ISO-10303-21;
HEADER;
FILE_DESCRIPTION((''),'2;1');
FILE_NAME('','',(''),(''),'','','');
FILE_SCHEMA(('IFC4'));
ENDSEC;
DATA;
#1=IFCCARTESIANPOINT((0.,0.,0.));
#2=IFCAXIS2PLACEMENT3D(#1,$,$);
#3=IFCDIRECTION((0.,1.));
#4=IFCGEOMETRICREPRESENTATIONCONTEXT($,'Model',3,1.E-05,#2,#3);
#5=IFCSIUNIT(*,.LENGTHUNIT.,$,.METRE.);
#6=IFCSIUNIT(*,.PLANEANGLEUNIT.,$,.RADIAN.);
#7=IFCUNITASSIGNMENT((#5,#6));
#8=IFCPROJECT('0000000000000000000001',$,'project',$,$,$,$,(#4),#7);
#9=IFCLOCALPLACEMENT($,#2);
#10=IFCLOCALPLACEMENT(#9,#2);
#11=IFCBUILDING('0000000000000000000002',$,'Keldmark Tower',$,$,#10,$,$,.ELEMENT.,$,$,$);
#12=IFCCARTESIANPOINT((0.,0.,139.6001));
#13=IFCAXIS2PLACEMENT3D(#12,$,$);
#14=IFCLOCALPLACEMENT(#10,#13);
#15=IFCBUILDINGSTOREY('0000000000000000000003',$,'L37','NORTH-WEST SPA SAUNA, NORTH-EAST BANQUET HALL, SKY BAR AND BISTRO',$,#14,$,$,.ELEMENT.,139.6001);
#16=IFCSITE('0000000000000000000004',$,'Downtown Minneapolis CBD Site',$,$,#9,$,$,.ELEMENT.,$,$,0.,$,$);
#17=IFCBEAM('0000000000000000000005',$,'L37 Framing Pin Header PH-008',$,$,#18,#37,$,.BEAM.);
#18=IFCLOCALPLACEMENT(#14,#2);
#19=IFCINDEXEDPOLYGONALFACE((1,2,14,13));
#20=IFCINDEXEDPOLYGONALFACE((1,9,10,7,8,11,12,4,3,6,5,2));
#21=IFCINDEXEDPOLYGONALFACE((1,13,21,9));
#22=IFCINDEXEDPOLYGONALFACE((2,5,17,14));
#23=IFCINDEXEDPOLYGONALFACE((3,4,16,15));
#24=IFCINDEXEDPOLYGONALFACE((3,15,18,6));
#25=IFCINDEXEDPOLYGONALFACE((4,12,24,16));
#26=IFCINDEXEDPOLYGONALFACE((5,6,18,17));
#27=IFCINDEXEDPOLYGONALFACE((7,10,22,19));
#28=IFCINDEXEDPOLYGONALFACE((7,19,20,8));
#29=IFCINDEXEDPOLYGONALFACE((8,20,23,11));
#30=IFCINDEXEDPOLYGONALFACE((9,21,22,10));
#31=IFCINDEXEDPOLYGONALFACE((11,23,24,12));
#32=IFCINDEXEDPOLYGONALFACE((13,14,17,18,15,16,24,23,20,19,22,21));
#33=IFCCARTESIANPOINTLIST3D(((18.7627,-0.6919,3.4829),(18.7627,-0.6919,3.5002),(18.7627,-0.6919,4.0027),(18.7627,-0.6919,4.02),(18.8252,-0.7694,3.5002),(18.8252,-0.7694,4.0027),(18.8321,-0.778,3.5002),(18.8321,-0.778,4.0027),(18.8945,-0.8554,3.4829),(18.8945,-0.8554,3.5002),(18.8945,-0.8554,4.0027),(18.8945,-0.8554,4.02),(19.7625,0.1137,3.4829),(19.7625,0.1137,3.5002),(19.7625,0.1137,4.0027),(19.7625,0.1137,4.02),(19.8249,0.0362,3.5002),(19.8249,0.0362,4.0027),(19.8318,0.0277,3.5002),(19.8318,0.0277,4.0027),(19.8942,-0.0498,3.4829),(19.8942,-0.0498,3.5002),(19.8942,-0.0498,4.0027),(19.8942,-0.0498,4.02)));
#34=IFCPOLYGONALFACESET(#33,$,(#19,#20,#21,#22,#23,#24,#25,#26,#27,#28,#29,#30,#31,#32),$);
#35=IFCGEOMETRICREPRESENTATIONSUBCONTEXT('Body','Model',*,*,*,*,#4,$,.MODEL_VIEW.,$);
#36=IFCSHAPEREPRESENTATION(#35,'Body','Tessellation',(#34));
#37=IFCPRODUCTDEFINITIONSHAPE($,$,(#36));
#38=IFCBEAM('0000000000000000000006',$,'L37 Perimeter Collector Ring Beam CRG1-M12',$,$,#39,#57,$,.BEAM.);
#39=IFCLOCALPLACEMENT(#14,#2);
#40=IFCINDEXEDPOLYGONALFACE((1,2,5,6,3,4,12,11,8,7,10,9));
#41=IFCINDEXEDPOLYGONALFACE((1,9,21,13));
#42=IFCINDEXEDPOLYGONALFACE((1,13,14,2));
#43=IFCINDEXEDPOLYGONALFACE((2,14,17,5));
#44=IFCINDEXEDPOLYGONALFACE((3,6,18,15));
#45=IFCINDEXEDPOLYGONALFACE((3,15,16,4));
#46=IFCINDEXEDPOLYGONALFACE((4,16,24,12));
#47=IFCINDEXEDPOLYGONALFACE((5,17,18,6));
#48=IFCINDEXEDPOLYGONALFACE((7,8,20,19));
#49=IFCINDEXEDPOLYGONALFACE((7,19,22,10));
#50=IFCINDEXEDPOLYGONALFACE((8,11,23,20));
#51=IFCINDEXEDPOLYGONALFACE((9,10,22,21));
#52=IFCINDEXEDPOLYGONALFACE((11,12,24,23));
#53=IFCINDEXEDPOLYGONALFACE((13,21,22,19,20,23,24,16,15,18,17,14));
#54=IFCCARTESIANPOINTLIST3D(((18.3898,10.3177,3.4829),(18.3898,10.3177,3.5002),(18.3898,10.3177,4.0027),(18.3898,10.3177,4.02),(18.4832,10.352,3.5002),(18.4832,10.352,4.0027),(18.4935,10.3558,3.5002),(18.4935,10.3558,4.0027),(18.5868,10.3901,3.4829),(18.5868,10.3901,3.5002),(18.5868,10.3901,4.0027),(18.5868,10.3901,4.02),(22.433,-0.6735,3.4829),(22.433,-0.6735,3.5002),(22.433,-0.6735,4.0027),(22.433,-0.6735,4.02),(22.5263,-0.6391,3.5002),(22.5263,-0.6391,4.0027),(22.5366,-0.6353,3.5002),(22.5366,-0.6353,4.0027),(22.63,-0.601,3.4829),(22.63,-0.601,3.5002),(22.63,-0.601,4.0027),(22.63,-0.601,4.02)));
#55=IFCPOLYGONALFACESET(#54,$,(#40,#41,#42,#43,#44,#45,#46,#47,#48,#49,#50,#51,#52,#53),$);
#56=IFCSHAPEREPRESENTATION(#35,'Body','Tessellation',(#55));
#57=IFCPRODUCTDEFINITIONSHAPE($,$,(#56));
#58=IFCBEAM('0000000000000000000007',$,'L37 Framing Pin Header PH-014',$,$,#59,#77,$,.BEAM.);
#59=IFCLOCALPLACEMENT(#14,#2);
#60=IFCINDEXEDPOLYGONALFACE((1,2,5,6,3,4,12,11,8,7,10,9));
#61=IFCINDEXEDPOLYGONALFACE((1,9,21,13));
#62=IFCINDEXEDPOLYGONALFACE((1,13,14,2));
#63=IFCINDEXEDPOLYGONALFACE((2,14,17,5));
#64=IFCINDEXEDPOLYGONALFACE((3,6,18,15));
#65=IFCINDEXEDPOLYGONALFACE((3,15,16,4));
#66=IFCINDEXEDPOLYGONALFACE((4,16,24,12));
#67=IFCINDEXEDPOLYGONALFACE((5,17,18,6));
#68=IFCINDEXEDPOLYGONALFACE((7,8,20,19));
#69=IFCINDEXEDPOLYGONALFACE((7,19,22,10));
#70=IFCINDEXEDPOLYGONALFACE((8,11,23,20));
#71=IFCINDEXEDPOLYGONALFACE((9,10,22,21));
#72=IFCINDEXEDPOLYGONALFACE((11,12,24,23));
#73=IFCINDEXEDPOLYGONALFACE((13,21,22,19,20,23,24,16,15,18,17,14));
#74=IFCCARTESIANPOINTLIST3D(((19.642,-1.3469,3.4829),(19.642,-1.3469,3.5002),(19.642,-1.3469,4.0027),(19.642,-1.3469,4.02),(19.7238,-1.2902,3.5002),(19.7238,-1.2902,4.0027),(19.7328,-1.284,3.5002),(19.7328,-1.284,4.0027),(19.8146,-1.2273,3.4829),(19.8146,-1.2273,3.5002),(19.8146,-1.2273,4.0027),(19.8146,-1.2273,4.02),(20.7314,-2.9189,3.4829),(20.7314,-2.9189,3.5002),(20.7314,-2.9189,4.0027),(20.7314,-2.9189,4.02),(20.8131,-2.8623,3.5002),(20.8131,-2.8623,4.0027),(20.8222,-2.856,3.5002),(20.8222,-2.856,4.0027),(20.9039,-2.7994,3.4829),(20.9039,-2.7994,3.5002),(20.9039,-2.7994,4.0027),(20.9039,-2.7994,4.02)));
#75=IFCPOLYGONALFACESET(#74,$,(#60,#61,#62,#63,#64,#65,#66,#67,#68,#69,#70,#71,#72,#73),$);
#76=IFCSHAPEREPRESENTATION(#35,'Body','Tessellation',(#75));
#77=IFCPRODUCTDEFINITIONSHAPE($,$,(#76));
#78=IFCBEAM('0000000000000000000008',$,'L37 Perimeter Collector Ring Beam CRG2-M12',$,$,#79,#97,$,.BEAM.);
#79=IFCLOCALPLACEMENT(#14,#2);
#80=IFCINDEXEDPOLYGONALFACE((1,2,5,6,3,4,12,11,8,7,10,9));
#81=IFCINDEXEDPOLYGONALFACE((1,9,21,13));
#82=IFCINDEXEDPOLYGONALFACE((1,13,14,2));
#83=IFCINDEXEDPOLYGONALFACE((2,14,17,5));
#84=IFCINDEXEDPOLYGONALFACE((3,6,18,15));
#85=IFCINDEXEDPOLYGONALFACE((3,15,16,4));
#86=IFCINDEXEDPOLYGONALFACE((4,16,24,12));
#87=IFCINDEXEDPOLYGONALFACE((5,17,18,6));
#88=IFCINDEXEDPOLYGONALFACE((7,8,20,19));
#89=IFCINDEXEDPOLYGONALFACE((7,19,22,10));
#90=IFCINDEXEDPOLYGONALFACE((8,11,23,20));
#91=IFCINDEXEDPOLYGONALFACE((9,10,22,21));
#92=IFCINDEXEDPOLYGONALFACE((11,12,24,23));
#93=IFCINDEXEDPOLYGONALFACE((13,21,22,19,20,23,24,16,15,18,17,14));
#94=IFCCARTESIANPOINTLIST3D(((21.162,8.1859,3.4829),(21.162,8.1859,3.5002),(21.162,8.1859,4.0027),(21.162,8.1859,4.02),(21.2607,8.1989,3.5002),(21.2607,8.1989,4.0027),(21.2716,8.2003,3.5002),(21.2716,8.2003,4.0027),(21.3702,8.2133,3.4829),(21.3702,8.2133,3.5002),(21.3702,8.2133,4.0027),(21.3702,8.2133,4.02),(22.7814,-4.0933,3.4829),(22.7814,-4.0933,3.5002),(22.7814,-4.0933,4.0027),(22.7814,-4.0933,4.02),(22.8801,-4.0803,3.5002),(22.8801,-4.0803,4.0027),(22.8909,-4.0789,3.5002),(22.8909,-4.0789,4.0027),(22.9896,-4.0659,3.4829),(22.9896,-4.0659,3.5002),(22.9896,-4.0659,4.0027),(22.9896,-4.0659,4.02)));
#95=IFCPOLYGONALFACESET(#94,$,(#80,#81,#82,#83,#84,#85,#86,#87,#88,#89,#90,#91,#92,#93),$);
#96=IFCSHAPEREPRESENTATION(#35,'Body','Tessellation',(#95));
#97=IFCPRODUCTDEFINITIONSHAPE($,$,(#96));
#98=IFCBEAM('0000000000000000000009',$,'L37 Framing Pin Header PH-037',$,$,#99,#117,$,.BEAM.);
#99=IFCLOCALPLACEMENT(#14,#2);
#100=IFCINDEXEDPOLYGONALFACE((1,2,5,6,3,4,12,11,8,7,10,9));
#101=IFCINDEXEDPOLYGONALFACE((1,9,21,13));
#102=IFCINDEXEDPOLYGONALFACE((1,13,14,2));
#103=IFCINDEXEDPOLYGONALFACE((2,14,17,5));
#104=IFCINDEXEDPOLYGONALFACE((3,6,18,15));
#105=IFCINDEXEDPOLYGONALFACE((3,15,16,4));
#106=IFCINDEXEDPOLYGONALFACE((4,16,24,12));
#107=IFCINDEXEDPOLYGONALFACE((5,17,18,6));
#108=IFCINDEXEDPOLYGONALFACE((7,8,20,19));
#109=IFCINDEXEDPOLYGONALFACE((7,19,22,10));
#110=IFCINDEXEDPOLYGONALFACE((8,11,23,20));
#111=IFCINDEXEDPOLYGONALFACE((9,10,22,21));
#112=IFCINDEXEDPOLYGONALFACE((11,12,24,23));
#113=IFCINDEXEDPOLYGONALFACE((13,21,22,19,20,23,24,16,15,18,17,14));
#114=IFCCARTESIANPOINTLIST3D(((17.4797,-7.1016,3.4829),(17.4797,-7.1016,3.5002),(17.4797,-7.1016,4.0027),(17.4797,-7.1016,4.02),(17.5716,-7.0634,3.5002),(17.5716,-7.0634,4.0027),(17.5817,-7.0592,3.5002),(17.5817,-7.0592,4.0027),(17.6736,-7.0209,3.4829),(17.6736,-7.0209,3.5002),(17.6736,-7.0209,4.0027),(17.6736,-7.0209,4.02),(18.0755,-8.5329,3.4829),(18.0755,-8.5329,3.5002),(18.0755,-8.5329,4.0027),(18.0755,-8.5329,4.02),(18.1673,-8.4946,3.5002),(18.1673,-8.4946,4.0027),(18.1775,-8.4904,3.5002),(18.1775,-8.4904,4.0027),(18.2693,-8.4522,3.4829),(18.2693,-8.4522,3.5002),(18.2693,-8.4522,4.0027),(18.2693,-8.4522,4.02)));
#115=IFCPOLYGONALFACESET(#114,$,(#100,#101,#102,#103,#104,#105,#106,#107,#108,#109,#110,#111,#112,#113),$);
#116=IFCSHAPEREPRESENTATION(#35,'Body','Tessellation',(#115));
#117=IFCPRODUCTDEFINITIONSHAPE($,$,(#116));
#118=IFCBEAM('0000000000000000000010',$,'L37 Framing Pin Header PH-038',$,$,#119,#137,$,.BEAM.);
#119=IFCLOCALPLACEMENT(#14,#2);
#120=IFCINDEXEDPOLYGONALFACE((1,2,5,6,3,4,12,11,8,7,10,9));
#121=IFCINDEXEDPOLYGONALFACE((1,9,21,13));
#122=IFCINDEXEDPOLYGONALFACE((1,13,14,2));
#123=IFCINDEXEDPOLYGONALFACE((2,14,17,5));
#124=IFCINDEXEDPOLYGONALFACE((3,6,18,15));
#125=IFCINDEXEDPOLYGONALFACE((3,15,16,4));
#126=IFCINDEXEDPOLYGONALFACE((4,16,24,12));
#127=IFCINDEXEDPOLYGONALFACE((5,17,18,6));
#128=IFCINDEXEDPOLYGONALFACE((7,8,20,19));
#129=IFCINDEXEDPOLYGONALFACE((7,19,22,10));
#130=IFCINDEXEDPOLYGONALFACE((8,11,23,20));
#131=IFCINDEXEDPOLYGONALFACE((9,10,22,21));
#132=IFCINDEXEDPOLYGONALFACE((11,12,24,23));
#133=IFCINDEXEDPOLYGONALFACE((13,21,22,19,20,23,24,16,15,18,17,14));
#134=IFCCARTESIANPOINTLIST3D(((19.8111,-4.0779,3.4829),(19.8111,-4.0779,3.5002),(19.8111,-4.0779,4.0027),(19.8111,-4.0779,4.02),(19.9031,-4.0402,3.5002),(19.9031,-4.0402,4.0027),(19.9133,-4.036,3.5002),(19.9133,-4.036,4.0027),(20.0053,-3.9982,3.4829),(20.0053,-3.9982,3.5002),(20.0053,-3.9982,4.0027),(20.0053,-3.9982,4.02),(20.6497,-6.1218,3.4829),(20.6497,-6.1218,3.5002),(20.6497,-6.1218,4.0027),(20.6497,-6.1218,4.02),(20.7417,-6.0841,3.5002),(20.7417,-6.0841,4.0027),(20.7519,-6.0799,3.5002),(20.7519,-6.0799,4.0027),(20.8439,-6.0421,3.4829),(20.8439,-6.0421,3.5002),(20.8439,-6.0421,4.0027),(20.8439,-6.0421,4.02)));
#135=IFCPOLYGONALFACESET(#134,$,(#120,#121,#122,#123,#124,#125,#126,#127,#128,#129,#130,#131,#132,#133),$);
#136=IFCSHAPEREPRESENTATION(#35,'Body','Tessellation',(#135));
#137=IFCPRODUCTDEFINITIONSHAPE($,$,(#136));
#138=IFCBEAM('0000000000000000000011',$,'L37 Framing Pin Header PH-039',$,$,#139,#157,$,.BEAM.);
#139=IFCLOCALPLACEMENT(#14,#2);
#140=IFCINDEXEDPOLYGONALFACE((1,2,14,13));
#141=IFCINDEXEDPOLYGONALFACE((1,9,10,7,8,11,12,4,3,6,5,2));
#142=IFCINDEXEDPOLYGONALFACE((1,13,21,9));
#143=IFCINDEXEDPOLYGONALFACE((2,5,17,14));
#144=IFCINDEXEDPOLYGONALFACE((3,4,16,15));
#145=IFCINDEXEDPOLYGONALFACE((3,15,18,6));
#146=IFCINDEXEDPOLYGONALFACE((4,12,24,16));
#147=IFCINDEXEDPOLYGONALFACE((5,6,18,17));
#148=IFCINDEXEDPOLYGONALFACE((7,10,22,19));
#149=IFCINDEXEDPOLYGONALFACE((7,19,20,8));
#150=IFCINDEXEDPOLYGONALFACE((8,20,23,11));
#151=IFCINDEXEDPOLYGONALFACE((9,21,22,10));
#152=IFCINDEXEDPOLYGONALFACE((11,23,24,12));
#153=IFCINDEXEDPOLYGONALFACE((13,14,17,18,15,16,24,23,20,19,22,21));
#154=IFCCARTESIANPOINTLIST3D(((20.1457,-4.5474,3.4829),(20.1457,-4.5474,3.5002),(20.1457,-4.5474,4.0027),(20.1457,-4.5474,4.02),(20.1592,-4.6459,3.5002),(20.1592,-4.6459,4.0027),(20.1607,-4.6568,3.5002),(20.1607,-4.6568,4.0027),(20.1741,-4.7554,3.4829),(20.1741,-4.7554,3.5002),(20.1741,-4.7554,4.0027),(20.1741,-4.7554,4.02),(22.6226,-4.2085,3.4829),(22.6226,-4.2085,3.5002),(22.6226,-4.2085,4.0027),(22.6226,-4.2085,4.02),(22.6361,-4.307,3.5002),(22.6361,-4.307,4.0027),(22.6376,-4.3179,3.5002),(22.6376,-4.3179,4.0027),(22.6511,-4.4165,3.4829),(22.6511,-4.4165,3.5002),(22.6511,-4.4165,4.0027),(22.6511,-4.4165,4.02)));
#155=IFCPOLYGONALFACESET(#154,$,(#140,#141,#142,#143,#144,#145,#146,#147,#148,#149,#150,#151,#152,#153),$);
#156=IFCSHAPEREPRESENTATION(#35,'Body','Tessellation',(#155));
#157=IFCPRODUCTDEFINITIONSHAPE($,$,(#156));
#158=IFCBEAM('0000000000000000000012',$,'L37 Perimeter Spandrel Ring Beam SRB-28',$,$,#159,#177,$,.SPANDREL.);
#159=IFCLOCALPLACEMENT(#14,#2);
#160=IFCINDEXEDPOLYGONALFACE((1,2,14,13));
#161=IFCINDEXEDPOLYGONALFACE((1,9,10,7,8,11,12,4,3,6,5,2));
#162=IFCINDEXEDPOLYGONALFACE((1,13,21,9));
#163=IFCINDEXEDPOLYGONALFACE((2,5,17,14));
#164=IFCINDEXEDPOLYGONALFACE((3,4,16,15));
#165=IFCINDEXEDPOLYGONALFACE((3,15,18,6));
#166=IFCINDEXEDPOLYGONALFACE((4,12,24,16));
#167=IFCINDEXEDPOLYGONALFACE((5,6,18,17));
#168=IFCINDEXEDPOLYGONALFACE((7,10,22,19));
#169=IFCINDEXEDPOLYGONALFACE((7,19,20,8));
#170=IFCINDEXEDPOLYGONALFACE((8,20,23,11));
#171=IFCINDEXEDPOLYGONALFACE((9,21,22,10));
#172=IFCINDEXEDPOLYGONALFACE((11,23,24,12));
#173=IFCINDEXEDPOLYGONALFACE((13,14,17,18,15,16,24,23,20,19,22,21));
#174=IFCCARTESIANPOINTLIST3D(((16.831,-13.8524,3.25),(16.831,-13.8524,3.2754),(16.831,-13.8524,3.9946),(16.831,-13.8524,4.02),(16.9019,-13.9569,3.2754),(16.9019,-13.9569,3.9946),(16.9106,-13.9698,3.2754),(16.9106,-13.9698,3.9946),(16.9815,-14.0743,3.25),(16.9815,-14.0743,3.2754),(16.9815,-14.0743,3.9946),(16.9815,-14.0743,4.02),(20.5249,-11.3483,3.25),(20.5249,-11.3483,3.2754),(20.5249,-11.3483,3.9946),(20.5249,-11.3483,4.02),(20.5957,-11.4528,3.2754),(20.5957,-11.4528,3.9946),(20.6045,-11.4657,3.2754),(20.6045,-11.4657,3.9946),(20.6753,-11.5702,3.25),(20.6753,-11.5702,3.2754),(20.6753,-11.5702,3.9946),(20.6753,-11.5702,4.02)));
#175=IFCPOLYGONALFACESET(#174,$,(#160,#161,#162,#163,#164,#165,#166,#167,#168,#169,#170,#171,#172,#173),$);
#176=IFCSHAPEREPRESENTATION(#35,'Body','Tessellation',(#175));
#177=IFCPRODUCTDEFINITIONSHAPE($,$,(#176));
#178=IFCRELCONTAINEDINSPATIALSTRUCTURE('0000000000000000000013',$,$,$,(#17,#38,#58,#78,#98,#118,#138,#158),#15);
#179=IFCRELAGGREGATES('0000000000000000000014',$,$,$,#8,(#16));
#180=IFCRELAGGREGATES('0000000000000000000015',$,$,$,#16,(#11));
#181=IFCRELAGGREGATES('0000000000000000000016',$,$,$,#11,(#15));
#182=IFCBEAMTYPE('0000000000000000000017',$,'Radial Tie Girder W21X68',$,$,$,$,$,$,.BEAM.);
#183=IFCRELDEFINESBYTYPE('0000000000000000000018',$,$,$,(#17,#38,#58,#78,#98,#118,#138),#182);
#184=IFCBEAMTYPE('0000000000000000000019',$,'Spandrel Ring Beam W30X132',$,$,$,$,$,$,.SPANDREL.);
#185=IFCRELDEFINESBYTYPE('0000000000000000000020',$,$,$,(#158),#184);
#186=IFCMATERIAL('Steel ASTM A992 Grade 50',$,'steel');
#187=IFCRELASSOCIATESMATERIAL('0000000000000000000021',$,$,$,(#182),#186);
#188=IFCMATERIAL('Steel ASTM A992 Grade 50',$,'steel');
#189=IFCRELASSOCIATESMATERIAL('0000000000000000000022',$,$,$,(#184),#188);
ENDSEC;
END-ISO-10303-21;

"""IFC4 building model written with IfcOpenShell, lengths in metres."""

from ifc_helpers import new_model, si_unit, direction, frame, origin, origin_2d, place, context, subcontext, project, spatial, i_section, extrude, material, material_profile, profile_set, type_object, element, save


model = new_model("IFC4")

# Units and contexts
model_context = context("Model", 3, precision=1e-05, world=origin(), true_north=direction((0.0, 1.0)))
body_context = subcontext(model_context, "Body", "Model", "MODEL_VIEW")
ifc_project = project(units=[si_unit("LENGTHUNIT", "METRE"), si_unit("PLANEANGLEUNIT", "RADIAN")], contexts=[model_context])

# Site, building, storey
site_placement = place(None, origin())
site = spatial("IfcSite", under=ifc_project, at=site_placement, Name="Downtown Minneapolis CBD Site", CompositionType="ELEMENT", RefElevation=0.0)
building_placement = place(site_placement, origin())
building = spatial("IfcBuilding", under=site, at=building_placement, Name="Keldmark Tower", CompositionType="ELEMENT")
storey_placement = place(building_placement, frame((0.0, 0.0, 139.6001)))
storey = spatial("IfcBuildingStorey", under=building, at=storey_placement, Name="L37", Description="NORTH-WEST SPA SAUNA, NORTH-EAST BANQUET HALL, SKY BAR AND BISTRO", CompositionType="ELEMENT", Elevation=139.6001)

# Beams
ifc_material_1 = material(Name="Steel ASTM A992 Grade 50", Category="steel")
ifc_material_profile_1 = material_profile(ifc_material_1, i_section(OverallWidth=0.21, OverallDepth=0.5371, WebThickness=0.011, FlangeThickness=0.0173, at=origin_2d()), Name="W21X68")
ifc_profile_set_1 = profile_set([ifc_material_profile_1], Name="Steel ASTM A992 Grade 50")
beam_type_1 = type_object("IfcBeamType", Name="Radial Tie Girder W21X68", PredefinedType="BEAM", material=ifc_profile_set_1)
beam_1_placement = place(storey_placement, frame((18.8286, -0.7737, 3.7515), z_axis=(0.778638, 0.627474, 0.0), x_axis=(-0.627474, 0.778638, 0.0)))
element("IfcBeam", 1, at=beam_1_placement, inside=storey, type_object=beam_type_1, Name="L37 Framing Pin Header PH-008", PredefinedType="BEAM", context=body_context, shape_type="SweptSolid", body=[
    extrude(i_section(OverallWidth=0.21, OverallDepth=0.5371, WebThickness=0.011, FlangeThickness=0.0173, at=origin_2d()), origin(), (0.0, 0.0, 1.0), 1.2839),
])
beam_2_placement = place(storey_placement, frame((22.5315, -0.6372, 3.7515), z_axis=(-0.345241, 0.938514, 0.0), x_axis=(-0.938514, -0.345241, 0.0)))
element("IfcBeam", 2, at=beam_2_placement, inside=storey, type_object=beam_type_1, Name="L37 Perimeter Collector Ring Beam CRG1-M12", PredefinedType="BEAM", context=body_context, shape_type="SweptSolid", body=[
    extrude(i_section(OverallWidth=0.21, OverallDepth=0.5371, WebThickness=0.011, FlangeThickness=0.0173, at=origin_2d()), origin(), (0.0, 0.0, 1.0), 11.7112),
])
beam_3_placement = place(storey_placement, frame((19.7283, -1.2871, 3.7515), z_axis=(0.569575, -0.821939, 0.0), x_axis=(0.821939, 0.569575, 0.0)))
element("IfcBeam", 3, at=beam_3_placement, inside=storey, type_object=beam_type_1, Name="L37 Framing Pin Header PH-014", PredefinedType="BEAM", context=body_context, shape_type="SweptSolid", body=[
    extrude(i_section(OverallWidth=0.21, OverallDepth=0.5371, WebThickness=0.011, FlangeThickness=0.0173, at=origin_2d()), origin(), (0.0, 0.0, 1.0), 1.9126),
])
beam_4_placement = place(storey_placement, frame((22.8855, -4.0796, 3.7515), z_axis=(-0.130747, 0.991416, 0.0), x_axis=(-0.991416, -0.130747, 0.0)))
element("IfcBeam", 4, at=beam_4_placement, inside=storey, type_object=beam_type_1, Name="L37 Perimeter Collector Ring Beam CRG2-M12", PredefinedType="BEAM", context=body_context, shape_type="SweptSolid", body=[
    extrude(i_section(OverallWidth=0.21, OverallDepth=0.5371, WebThickness=0.011, FlangeThickness=0.0173, at=origin_2d()), origin(), (0.0, 0.0, 1.0), 12.3855),
])
beam_5_placement = place(storey_placement, frame((17.5767, -7.0613, 3.7515), z_axis=(0.38428, -0.923217, 0.0), x_axis=(0.923217, 0.38428, 0.0)))
element("IfcBeam", 5, at=beam_5_placement, inside=storey, type_object=beam_type_1, Name="L37 Framing Pin Header PH-037", PredefinedType="BEAM", context=body_context, shape_type="SweptSolid", body=[
    extrude(i_section(OverallWidth=0.21, OverallDepth=0.5371, WebThickness=0.011, FlangeThickness=0.0173, at=origin_2d()), origin(), (0.0, 0.0, 1.0), 1.5503),
])
beam_6_placement = place(storey_placement, frame((19.9082, -4.0381, 3.7515), z_axis=(0.379588, -0.925156, 0.0), x_axis=(0.925156, 0.379588, 0.0)))
element("IfcBeam", 6, at=beam_6_placement, inside=storey, type_object=beam_type_1, Name="L37 Framing Pin Header PH-038", PredefinedType="BEAM", context=body_context, shape_type="SweptSolid", body=[
    extrude(i_section(OverallWidth=0.21, OverallDepth=0.5371, WebThickness=0.011, FlangeThickness=0.0173, at=origin_2d()), origin(), (0.0, 0.0, 1.0), 2.2092),
])
beam_7_placement = place(storey_placement, frame((20.1599, -4.6514, 3.7515), z_axis=(0.99077, 0.135553, 0.0), x_axis=(-0.135553, 0.99077, 0.0)))
element("IfcBeam", 7, at=beam_7_placement, inside=storey, type_object=beam_type_1, Name="L37 Framing Pin Header PH-039", PredefinedType="BEAM", context=body_context, shape_type="SweptSolid", body=[
    extrude(i_section(OverallWidth=0.21, OverallDepth=0.5371, WebThickness=0.011, FlangeThickness=0.0173, at=origin_2d()), origin(), (0.0, 0.0, 1.0), 2.5),
])
ifc_material_2 = material(Name="Steel ASTM A992 Grade 50", Category="steel")
ifc_material_profile_2 = material_profile(ifc_material_2, i_section(OverallWidth=0.2681, OverallDepth=0.77, WebThickness=0.0156, FlangeThickness=0.0254, at=origin_2d()), Name="W30X132")
ifc_profile_set_2 = profile_set([ifc_material_profile_2], Name="Steel ASTM A992 Grade 50")
beam_type_2 = type_object("IfcBeamType", Name="Spandrel Ring Beam W30X132", PredefinedType="SPANDREL", material=ifc_profile_set_2)
beam_8_placement = place(storey_placement, frame((16.9062, -13.9634, 3.635), z_axis=(0.827724, 0.561135, 0.0), x_axis=(-0.561135, 0.827724, 0.0)))
element("IfcBeam", 8, at=beam_8_placement, inside=storey, type_object=beam_type_2, Name="L37 Perimeter Spandrel Ring Beam SRB-28", PredefinedType="SPANDREL", context=body_context, shape_type="SweptSolid", body=[
    extrude(i_section(OverallWidth=0.2681, OverallDepth=0.77, WebThickness=0.0156, FlangeThickness=0.0254, at=origin_2d()), origin(), (0.0, 0.0, 1.0), 4.4626),
])

save(model, "model.ifc")
